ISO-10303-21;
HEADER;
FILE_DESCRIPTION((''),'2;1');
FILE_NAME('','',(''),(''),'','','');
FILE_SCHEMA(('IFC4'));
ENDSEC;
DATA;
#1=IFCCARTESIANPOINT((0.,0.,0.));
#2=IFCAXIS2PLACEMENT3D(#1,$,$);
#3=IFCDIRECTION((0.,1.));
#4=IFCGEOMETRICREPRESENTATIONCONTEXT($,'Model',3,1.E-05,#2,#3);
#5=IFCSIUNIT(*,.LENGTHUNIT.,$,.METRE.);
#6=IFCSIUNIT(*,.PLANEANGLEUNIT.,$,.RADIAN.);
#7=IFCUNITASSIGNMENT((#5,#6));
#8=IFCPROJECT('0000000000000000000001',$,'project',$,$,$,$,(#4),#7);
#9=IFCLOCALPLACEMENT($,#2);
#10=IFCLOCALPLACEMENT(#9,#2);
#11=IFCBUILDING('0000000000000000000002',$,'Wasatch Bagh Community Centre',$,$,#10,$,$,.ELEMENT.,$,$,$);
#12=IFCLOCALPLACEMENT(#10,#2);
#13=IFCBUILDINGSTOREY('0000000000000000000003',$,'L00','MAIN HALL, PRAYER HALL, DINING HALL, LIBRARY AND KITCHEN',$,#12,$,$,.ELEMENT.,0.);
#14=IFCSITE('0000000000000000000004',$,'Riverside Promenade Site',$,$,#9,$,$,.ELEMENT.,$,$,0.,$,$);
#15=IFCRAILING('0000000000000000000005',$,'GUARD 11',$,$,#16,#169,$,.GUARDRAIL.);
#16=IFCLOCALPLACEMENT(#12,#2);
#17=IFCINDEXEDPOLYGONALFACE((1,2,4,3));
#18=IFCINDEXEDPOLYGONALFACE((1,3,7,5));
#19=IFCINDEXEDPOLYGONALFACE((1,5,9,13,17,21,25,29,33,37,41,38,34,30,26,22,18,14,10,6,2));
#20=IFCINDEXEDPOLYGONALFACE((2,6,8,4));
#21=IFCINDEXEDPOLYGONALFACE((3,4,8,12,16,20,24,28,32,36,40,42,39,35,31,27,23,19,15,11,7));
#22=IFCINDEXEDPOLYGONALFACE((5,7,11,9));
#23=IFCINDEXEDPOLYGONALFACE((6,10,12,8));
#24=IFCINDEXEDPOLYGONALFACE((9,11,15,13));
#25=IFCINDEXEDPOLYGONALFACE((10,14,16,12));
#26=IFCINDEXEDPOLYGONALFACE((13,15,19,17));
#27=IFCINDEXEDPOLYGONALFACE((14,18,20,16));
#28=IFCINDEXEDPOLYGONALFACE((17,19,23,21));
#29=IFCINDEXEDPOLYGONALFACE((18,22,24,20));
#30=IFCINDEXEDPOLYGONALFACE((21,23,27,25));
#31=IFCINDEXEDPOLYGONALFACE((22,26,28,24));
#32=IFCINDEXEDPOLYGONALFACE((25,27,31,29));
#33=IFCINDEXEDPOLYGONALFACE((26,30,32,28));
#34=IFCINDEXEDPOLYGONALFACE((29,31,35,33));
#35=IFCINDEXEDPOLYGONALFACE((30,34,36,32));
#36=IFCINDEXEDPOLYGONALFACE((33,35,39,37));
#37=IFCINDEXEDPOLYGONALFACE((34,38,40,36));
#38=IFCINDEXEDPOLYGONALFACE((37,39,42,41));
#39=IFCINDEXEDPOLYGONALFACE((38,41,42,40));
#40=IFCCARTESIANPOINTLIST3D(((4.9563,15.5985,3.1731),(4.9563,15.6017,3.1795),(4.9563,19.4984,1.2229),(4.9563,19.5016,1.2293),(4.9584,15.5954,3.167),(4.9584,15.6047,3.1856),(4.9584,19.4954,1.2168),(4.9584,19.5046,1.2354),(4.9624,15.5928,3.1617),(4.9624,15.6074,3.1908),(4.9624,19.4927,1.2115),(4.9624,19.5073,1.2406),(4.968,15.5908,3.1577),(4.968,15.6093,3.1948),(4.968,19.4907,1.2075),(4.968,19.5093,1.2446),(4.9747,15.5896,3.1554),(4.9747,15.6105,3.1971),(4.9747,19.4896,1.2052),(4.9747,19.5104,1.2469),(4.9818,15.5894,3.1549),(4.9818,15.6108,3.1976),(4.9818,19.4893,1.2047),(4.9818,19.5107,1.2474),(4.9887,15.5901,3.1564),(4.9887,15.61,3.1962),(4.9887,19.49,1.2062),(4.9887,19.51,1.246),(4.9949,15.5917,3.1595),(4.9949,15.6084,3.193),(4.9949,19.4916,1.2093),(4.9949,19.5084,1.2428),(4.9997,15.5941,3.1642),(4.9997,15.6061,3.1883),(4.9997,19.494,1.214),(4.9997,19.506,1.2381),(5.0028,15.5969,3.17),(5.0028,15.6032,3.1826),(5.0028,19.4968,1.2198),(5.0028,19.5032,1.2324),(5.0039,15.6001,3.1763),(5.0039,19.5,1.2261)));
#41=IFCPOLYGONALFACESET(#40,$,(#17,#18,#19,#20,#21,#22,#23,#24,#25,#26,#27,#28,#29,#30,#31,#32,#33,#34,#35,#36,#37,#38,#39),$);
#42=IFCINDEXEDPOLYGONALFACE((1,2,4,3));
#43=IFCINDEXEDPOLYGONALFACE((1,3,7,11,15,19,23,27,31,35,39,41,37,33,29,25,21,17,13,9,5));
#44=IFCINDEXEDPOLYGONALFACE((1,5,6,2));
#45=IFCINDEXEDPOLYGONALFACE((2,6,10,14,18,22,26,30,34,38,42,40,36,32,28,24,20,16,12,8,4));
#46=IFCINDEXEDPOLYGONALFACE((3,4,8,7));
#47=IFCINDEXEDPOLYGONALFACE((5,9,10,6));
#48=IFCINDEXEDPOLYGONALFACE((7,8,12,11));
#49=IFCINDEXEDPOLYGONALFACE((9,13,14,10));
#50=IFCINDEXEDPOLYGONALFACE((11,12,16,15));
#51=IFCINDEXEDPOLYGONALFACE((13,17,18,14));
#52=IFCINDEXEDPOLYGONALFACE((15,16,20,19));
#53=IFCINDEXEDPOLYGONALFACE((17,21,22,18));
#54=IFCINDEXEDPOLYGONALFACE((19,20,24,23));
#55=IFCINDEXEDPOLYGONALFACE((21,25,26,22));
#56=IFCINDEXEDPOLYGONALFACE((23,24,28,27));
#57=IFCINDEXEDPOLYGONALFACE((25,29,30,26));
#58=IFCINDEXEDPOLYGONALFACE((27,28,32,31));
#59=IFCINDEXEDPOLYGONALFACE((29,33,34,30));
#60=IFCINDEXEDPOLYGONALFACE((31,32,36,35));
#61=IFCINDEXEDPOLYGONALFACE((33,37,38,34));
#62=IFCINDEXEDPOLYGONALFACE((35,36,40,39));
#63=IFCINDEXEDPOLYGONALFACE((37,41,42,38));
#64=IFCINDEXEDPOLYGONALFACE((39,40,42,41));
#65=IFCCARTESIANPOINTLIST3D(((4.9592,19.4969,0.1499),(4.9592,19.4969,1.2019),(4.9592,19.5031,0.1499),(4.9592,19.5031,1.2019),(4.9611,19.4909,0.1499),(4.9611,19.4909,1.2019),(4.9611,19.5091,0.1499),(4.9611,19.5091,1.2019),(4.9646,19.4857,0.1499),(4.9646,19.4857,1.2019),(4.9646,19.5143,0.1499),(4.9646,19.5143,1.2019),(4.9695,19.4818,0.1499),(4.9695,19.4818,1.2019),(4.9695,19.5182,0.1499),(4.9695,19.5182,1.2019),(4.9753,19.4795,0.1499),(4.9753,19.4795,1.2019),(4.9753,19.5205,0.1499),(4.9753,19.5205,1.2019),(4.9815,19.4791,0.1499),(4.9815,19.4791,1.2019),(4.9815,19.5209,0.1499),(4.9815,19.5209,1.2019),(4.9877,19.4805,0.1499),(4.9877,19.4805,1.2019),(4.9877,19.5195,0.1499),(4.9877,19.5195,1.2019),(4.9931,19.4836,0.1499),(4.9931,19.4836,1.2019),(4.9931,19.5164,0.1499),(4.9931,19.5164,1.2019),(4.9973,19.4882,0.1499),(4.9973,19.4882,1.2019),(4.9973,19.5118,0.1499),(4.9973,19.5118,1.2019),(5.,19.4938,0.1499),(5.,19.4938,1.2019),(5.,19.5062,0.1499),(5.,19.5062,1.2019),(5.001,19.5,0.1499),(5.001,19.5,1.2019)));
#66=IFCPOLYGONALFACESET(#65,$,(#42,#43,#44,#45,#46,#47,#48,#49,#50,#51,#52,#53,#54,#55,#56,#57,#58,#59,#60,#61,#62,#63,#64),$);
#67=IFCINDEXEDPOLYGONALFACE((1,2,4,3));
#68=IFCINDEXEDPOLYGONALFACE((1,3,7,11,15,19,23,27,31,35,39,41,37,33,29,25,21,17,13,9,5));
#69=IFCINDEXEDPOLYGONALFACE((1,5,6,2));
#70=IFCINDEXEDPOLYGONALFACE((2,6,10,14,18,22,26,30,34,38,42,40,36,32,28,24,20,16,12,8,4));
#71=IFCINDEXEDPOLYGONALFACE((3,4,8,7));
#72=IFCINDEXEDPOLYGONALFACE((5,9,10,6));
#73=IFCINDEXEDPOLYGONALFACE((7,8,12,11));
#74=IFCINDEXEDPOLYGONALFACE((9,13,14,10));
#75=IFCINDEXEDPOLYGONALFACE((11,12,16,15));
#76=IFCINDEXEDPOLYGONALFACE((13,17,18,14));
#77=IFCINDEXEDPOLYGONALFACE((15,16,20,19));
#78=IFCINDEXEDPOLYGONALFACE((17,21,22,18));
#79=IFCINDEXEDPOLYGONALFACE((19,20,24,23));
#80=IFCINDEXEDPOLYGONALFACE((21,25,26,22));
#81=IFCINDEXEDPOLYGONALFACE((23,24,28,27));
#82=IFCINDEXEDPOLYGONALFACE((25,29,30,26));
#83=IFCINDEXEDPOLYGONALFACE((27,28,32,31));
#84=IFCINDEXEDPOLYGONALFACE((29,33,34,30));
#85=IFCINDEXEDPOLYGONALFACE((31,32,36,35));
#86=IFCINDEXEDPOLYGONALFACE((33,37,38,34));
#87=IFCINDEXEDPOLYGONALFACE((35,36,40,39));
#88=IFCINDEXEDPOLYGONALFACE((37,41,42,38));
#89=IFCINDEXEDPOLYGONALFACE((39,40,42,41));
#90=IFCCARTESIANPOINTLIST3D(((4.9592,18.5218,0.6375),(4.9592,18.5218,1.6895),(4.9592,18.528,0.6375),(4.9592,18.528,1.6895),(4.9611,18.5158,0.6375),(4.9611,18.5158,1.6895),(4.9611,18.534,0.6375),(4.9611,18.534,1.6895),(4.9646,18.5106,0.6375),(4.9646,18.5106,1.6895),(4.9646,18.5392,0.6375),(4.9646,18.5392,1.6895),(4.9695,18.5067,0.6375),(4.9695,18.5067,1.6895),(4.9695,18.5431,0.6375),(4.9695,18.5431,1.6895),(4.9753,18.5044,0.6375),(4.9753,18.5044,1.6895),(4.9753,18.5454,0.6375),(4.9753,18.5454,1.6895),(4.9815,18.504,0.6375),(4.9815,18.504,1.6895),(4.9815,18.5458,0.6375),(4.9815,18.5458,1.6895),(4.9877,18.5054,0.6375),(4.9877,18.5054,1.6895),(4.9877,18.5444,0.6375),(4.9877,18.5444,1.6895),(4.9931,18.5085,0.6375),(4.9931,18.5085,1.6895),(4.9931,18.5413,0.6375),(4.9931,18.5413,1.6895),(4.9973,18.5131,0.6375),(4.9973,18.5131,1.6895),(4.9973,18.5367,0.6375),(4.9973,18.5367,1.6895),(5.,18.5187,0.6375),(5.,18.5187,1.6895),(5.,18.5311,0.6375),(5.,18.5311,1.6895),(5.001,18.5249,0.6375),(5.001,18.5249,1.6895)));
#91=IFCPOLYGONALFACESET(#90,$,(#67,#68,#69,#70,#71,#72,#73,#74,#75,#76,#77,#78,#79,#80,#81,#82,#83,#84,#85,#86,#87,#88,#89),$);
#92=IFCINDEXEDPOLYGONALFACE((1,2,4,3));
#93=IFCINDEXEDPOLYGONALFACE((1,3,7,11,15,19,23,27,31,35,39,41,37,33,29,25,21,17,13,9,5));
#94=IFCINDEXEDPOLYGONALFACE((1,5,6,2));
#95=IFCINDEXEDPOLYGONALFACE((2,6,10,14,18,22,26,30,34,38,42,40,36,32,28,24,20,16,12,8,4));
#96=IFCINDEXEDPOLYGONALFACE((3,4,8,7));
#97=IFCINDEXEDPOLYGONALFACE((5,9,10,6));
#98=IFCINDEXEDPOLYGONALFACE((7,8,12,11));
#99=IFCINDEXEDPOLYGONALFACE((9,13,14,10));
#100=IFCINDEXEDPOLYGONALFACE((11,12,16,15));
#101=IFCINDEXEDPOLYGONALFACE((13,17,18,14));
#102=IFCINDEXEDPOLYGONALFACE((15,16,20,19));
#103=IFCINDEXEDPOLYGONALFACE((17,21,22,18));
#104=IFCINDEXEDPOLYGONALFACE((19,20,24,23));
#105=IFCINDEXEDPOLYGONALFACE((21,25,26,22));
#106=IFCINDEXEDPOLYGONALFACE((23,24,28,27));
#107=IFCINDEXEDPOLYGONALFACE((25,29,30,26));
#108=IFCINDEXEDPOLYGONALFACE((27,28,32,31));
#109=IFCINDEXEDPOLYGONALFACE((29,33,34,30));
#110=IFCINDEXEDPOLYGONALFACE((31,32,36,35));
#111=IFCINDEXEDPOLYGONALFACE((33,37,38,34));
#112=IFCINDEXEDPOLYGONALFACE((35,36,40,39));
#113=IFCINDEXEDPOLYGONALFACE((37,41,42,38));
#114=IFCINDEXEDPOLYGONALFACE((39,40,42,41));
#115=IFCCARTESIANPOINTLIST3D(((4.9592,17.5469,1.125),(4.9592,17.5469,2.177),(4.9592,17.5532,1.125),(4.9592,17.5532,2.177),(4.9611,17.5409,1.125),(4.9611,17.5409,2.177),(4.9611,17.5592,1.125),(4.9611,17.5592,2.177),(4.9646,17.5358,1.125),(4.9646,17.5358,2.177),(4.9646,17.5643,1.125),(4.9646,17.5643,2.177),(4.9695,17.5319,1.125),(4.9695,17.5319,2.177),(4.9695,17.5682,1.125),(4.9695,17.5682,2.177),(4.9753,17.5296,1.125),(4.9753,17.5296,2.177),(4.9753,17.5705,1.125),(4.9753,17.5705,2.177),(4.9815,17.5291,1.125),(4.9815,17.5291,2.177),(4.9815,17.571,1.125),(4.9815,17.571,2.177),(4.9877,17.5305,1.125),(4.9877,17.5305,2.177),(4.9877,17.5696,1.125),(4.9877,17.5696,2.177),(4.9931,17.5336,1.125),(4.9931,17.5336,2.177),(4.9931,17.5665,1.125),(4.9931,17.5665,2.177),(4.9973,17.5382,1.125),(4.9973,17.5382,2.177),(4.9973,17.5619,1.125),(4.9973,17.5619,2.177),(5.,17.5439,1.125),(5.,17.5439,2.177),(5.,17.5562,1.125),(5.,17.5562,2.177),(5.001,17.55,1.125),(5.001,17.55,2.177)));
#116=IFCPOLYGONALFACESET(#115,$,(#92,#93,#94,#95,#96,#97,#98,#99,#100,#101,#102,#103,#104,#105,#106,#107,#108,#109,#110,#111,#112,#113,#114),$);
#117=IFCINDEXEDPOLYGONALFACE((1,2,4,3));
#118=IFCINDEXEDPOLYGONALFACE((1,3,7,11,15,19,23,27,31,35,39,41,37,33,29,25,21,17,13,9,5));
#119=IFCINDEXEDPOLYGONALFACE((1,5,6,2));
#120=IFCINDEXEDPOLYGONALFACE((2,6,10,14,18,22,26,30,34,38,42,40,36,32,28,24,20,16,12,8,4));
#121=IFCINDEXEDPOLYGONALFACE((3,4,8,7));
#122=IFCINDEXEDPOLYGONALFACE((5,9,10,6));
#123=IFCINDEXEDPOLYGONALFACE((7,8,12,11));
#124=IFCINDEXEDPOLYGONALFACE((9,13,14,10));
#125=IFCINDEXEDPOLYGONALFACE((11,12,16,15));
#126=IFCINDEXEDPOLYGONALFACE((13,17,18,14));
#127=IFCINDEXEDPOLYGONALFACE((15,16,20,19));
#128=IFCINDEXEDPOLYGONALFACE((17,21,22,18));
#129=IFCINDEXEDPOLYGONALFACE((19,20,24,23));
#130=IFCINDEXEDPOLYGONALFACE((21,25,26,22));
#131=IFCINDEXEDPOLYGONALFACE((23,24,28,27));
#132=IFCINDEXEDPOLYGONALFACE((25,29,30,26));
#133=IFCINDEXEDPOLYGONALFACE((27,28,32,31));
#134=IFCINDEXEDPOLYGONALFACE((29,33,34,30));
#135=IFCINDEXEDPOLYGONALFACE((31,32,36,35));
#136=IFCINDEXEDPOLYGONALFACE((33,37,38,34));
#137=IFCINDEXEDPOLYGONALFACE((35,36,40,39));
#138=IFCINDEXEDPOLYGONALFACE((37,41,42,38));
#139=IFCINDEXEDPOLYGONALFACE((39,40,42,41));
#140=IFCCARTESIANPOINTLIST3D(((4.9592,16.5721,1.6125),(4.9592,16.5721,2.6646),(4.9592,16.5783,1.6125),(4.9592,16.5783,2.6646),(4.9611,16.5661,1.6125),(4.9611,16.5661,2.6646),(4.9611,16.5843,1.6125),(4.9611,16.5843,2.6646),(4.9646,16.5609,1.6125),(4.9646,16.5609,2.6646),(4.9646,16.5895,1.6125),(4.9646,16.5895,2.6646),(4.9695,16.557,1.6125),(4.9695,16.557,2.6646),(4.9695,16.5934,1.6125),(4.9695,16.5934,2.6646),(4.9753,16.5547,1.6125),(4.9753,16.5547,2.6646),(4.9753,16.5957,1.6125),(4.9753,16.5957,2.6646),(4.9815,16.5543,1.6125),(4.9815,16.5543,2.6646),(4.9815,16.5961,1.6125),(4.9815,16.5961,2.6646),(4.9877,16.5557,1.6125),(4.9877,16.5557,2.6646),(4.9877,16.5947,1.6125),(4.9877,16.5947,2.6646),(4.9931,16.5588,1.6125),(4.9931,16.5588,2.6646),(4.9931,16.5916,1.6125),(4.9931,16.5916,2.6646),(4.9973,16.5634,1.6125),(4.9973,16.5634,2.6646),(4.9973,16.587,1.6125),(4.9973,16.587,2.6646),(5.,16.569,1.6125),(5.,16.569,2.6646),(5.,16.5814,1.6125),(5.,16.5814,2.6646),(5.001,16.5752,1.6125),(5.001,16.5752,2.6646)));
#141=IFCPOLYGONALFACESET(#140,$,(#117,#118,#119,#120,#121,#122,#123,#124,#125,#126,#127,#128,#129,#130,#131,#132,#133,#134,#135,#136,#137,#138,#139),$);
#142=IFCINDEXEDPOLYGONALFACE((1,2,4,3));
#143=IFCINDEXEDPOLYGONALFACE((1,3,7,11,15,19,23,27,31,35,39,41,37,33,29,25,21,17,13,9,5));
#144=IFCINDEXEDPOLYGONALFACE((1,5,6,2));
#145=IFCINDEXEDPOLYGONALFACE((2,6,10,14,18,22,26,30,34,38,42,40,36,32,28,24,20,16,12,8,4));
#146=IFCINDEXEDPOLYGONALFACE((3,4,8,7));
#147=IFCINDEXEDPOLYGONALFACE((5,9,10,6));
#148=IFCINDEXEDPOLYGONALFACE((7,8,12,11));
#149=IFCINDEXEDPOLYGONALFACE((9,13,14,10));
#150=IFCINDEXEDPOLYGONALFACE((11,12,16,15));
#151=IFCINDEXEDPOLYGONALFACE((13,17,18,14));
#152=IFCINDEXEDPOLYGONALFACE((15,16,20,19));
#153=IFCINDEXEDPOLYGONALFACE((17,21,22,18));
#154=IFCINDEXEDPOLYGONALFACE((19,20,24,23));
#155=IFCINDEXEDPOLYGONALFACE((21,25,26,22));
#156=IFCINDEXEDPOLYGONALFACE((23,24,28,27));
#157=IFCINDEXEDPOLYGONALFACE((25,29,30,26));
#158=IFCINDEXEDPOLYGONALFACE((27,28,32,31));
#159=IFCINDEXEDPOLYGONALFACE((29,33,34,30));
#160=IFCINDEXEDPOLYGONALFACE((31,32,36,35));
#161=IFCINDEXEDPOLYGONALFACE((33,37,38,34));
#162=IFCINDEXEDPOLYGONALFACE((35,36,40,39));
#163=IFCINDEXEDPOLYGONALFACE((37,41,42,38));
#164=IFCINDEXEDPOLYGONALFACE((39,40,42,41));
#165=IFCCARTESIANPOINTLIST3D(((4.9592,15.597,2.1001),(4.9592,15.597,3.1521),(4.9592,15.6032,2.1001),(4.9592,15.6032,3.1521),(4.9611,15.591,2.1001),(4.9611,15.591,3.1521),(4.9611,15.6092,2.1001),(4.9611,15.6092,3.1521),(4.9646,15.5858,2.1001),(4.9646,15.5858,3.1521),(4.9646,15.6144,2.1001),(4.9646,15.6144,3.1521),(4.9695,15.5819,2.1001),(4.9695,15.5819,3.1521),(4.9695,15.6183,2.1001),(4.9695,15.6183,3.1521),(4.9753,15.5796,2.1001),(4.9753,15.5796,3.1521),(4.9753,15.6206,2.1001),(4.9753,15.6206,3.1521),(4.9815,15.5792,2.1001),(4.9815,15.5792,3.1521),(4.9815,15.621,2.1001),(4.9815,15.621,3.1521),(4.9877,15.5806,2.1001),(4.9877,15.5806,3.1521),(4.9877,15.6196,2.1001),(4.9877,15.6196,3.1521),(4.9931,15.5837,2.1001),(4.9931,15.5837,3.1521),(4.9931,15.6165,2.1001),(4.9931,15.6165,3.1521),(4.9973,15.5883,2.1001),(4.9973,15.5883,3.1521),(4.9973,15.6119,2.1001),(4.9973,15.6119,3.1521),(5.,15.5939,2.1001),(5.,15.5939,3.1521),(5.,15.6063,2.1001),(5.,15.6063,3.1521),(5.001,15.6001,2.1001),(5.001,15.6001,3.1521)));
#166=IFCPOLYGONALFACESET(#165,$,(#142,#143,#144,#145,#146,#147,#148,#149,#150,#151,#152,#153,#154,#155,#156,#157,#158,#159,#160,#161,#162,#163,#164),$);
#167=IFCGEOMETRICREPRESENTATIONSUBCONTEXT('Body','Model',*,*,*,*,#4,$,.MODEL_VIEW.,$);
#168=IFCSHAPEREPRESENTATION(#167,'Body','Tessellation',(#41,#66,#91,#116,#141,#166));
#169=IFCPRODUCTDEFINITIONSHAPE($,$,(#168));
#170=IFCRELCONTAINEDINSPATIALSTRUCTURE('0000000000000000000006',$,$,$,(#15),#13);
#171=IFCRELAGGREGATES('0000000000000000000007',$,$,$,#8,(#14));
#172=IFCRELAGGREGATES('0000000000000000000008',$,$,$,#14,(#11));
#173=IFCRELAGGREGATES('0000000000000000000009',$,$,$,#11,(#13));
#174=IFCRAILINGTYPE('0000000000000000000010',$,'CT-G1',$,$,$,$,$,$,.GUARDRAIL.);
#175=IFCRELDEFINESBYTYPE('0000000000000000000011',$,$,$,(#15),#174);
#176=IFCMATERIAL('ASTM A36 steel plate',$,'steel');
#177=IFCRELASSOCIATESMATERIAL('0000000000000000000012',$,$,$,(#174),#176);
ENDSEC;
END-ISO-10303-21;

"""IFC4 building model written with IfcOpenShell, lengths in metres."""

from ifc_helpers import new_model, si_unit, direction, frame, origin, origin_2d, place, context, subcontext, project, spatial, circle, extrude, material, type_object, element, save


model = new_model("IFC4")

# Units and contexts
model_context = context("Model", 3, precision=1e-05, world=origin(), true_north=direction((0.0, 1.0)))
body_context = subcontext(model_context, "Body", "Model", "MODEL_VIEW")
ifc_project = project(units=[si_unit("LENGTHUNIT", "METRE"), si_unit("PLANEANGLEUNIT", "RADIAN")], contexts=[model_context])

# Site, building, storey
site_placement = place(None, origin())
site = spatial("IfcSite", under=ifc_project, at=site_placement, Name="Riverside Promenade Site", CompositionType="ELEMENT", RefElevation=0.0)
building_placement = place(site_placement, origin())
building = spatial("IfcBuilding", under=site, at=building_placement, Name="Wasatch Bagh Community Centre", CompositionType="ELEMENT")
storey_placement = place(building_placement, origin())
storey = spatial("IfcBuildingStorey", under=building, at=storey_placement, Name="L00", Description="MAIN HALL, PRAYER HALL, DINING HALL, LIBRARY AND KITCHEN", CompositionType="ELEMENT", Elevation=0.0)

# Railing
ifc_material_1 = material(Name="ASTM A36 steel plate", Category="steel")
railing_type_1 = type_object("IfcRailingType", Name="CT-G1", PredefinedType="GUARDRAIL", material=ifc_material_1)
for number, where, name in (
    (1, (4.98, 19.5, 0.1499), "GUARD 11"),
):
    element("IfcRailing", number, at=place(storey_placement, frame(where)), inside=storey, type_object=railing_type_1, Name=name, PredefinedType="GUARDRAIL", context=body_context, shape_type="SweptSolid", body=[
        extrude(circle(Radius=0.0239, at=origin_2d()), frame((0.0, 0.0, 1.0762), z_axis=(0.0, -0.894405, 0.447258), x_axis=(1.0, 0.0, 0.0)), (0.0, 0.0, 1.0), 4.3604),
        extrude(circle(Radius=0.021, at=origin_2d()), origin(), (0.0, 0.0, 1.0), 1.052),
        extrude(circle(Radius=0.021, at=origin_2d()), frame((0.0, -0.9751, 0.4875)), (0.0, 0.0, 1.0), 1.052),
        extrude(circle(Radius=0.021, at=origin_2d()), frame((0.0, -1.95, 0.9751)), (0.0, 0.0, 1.0), 1.052),
        extrude(circle(Radius=0.021, at=origin_2d()), frame((0.0, -2.9248, 1.4626)), (0.0, 0.0, 1.0), 1.052),
        extrude(circle(Radius=0.021, at=origin_2d()), frame((0.0, -3.8999, 1.9502)), (0.0, 0.0, 1.0), 1.052),
    ])

save(model, "model.ifc")
